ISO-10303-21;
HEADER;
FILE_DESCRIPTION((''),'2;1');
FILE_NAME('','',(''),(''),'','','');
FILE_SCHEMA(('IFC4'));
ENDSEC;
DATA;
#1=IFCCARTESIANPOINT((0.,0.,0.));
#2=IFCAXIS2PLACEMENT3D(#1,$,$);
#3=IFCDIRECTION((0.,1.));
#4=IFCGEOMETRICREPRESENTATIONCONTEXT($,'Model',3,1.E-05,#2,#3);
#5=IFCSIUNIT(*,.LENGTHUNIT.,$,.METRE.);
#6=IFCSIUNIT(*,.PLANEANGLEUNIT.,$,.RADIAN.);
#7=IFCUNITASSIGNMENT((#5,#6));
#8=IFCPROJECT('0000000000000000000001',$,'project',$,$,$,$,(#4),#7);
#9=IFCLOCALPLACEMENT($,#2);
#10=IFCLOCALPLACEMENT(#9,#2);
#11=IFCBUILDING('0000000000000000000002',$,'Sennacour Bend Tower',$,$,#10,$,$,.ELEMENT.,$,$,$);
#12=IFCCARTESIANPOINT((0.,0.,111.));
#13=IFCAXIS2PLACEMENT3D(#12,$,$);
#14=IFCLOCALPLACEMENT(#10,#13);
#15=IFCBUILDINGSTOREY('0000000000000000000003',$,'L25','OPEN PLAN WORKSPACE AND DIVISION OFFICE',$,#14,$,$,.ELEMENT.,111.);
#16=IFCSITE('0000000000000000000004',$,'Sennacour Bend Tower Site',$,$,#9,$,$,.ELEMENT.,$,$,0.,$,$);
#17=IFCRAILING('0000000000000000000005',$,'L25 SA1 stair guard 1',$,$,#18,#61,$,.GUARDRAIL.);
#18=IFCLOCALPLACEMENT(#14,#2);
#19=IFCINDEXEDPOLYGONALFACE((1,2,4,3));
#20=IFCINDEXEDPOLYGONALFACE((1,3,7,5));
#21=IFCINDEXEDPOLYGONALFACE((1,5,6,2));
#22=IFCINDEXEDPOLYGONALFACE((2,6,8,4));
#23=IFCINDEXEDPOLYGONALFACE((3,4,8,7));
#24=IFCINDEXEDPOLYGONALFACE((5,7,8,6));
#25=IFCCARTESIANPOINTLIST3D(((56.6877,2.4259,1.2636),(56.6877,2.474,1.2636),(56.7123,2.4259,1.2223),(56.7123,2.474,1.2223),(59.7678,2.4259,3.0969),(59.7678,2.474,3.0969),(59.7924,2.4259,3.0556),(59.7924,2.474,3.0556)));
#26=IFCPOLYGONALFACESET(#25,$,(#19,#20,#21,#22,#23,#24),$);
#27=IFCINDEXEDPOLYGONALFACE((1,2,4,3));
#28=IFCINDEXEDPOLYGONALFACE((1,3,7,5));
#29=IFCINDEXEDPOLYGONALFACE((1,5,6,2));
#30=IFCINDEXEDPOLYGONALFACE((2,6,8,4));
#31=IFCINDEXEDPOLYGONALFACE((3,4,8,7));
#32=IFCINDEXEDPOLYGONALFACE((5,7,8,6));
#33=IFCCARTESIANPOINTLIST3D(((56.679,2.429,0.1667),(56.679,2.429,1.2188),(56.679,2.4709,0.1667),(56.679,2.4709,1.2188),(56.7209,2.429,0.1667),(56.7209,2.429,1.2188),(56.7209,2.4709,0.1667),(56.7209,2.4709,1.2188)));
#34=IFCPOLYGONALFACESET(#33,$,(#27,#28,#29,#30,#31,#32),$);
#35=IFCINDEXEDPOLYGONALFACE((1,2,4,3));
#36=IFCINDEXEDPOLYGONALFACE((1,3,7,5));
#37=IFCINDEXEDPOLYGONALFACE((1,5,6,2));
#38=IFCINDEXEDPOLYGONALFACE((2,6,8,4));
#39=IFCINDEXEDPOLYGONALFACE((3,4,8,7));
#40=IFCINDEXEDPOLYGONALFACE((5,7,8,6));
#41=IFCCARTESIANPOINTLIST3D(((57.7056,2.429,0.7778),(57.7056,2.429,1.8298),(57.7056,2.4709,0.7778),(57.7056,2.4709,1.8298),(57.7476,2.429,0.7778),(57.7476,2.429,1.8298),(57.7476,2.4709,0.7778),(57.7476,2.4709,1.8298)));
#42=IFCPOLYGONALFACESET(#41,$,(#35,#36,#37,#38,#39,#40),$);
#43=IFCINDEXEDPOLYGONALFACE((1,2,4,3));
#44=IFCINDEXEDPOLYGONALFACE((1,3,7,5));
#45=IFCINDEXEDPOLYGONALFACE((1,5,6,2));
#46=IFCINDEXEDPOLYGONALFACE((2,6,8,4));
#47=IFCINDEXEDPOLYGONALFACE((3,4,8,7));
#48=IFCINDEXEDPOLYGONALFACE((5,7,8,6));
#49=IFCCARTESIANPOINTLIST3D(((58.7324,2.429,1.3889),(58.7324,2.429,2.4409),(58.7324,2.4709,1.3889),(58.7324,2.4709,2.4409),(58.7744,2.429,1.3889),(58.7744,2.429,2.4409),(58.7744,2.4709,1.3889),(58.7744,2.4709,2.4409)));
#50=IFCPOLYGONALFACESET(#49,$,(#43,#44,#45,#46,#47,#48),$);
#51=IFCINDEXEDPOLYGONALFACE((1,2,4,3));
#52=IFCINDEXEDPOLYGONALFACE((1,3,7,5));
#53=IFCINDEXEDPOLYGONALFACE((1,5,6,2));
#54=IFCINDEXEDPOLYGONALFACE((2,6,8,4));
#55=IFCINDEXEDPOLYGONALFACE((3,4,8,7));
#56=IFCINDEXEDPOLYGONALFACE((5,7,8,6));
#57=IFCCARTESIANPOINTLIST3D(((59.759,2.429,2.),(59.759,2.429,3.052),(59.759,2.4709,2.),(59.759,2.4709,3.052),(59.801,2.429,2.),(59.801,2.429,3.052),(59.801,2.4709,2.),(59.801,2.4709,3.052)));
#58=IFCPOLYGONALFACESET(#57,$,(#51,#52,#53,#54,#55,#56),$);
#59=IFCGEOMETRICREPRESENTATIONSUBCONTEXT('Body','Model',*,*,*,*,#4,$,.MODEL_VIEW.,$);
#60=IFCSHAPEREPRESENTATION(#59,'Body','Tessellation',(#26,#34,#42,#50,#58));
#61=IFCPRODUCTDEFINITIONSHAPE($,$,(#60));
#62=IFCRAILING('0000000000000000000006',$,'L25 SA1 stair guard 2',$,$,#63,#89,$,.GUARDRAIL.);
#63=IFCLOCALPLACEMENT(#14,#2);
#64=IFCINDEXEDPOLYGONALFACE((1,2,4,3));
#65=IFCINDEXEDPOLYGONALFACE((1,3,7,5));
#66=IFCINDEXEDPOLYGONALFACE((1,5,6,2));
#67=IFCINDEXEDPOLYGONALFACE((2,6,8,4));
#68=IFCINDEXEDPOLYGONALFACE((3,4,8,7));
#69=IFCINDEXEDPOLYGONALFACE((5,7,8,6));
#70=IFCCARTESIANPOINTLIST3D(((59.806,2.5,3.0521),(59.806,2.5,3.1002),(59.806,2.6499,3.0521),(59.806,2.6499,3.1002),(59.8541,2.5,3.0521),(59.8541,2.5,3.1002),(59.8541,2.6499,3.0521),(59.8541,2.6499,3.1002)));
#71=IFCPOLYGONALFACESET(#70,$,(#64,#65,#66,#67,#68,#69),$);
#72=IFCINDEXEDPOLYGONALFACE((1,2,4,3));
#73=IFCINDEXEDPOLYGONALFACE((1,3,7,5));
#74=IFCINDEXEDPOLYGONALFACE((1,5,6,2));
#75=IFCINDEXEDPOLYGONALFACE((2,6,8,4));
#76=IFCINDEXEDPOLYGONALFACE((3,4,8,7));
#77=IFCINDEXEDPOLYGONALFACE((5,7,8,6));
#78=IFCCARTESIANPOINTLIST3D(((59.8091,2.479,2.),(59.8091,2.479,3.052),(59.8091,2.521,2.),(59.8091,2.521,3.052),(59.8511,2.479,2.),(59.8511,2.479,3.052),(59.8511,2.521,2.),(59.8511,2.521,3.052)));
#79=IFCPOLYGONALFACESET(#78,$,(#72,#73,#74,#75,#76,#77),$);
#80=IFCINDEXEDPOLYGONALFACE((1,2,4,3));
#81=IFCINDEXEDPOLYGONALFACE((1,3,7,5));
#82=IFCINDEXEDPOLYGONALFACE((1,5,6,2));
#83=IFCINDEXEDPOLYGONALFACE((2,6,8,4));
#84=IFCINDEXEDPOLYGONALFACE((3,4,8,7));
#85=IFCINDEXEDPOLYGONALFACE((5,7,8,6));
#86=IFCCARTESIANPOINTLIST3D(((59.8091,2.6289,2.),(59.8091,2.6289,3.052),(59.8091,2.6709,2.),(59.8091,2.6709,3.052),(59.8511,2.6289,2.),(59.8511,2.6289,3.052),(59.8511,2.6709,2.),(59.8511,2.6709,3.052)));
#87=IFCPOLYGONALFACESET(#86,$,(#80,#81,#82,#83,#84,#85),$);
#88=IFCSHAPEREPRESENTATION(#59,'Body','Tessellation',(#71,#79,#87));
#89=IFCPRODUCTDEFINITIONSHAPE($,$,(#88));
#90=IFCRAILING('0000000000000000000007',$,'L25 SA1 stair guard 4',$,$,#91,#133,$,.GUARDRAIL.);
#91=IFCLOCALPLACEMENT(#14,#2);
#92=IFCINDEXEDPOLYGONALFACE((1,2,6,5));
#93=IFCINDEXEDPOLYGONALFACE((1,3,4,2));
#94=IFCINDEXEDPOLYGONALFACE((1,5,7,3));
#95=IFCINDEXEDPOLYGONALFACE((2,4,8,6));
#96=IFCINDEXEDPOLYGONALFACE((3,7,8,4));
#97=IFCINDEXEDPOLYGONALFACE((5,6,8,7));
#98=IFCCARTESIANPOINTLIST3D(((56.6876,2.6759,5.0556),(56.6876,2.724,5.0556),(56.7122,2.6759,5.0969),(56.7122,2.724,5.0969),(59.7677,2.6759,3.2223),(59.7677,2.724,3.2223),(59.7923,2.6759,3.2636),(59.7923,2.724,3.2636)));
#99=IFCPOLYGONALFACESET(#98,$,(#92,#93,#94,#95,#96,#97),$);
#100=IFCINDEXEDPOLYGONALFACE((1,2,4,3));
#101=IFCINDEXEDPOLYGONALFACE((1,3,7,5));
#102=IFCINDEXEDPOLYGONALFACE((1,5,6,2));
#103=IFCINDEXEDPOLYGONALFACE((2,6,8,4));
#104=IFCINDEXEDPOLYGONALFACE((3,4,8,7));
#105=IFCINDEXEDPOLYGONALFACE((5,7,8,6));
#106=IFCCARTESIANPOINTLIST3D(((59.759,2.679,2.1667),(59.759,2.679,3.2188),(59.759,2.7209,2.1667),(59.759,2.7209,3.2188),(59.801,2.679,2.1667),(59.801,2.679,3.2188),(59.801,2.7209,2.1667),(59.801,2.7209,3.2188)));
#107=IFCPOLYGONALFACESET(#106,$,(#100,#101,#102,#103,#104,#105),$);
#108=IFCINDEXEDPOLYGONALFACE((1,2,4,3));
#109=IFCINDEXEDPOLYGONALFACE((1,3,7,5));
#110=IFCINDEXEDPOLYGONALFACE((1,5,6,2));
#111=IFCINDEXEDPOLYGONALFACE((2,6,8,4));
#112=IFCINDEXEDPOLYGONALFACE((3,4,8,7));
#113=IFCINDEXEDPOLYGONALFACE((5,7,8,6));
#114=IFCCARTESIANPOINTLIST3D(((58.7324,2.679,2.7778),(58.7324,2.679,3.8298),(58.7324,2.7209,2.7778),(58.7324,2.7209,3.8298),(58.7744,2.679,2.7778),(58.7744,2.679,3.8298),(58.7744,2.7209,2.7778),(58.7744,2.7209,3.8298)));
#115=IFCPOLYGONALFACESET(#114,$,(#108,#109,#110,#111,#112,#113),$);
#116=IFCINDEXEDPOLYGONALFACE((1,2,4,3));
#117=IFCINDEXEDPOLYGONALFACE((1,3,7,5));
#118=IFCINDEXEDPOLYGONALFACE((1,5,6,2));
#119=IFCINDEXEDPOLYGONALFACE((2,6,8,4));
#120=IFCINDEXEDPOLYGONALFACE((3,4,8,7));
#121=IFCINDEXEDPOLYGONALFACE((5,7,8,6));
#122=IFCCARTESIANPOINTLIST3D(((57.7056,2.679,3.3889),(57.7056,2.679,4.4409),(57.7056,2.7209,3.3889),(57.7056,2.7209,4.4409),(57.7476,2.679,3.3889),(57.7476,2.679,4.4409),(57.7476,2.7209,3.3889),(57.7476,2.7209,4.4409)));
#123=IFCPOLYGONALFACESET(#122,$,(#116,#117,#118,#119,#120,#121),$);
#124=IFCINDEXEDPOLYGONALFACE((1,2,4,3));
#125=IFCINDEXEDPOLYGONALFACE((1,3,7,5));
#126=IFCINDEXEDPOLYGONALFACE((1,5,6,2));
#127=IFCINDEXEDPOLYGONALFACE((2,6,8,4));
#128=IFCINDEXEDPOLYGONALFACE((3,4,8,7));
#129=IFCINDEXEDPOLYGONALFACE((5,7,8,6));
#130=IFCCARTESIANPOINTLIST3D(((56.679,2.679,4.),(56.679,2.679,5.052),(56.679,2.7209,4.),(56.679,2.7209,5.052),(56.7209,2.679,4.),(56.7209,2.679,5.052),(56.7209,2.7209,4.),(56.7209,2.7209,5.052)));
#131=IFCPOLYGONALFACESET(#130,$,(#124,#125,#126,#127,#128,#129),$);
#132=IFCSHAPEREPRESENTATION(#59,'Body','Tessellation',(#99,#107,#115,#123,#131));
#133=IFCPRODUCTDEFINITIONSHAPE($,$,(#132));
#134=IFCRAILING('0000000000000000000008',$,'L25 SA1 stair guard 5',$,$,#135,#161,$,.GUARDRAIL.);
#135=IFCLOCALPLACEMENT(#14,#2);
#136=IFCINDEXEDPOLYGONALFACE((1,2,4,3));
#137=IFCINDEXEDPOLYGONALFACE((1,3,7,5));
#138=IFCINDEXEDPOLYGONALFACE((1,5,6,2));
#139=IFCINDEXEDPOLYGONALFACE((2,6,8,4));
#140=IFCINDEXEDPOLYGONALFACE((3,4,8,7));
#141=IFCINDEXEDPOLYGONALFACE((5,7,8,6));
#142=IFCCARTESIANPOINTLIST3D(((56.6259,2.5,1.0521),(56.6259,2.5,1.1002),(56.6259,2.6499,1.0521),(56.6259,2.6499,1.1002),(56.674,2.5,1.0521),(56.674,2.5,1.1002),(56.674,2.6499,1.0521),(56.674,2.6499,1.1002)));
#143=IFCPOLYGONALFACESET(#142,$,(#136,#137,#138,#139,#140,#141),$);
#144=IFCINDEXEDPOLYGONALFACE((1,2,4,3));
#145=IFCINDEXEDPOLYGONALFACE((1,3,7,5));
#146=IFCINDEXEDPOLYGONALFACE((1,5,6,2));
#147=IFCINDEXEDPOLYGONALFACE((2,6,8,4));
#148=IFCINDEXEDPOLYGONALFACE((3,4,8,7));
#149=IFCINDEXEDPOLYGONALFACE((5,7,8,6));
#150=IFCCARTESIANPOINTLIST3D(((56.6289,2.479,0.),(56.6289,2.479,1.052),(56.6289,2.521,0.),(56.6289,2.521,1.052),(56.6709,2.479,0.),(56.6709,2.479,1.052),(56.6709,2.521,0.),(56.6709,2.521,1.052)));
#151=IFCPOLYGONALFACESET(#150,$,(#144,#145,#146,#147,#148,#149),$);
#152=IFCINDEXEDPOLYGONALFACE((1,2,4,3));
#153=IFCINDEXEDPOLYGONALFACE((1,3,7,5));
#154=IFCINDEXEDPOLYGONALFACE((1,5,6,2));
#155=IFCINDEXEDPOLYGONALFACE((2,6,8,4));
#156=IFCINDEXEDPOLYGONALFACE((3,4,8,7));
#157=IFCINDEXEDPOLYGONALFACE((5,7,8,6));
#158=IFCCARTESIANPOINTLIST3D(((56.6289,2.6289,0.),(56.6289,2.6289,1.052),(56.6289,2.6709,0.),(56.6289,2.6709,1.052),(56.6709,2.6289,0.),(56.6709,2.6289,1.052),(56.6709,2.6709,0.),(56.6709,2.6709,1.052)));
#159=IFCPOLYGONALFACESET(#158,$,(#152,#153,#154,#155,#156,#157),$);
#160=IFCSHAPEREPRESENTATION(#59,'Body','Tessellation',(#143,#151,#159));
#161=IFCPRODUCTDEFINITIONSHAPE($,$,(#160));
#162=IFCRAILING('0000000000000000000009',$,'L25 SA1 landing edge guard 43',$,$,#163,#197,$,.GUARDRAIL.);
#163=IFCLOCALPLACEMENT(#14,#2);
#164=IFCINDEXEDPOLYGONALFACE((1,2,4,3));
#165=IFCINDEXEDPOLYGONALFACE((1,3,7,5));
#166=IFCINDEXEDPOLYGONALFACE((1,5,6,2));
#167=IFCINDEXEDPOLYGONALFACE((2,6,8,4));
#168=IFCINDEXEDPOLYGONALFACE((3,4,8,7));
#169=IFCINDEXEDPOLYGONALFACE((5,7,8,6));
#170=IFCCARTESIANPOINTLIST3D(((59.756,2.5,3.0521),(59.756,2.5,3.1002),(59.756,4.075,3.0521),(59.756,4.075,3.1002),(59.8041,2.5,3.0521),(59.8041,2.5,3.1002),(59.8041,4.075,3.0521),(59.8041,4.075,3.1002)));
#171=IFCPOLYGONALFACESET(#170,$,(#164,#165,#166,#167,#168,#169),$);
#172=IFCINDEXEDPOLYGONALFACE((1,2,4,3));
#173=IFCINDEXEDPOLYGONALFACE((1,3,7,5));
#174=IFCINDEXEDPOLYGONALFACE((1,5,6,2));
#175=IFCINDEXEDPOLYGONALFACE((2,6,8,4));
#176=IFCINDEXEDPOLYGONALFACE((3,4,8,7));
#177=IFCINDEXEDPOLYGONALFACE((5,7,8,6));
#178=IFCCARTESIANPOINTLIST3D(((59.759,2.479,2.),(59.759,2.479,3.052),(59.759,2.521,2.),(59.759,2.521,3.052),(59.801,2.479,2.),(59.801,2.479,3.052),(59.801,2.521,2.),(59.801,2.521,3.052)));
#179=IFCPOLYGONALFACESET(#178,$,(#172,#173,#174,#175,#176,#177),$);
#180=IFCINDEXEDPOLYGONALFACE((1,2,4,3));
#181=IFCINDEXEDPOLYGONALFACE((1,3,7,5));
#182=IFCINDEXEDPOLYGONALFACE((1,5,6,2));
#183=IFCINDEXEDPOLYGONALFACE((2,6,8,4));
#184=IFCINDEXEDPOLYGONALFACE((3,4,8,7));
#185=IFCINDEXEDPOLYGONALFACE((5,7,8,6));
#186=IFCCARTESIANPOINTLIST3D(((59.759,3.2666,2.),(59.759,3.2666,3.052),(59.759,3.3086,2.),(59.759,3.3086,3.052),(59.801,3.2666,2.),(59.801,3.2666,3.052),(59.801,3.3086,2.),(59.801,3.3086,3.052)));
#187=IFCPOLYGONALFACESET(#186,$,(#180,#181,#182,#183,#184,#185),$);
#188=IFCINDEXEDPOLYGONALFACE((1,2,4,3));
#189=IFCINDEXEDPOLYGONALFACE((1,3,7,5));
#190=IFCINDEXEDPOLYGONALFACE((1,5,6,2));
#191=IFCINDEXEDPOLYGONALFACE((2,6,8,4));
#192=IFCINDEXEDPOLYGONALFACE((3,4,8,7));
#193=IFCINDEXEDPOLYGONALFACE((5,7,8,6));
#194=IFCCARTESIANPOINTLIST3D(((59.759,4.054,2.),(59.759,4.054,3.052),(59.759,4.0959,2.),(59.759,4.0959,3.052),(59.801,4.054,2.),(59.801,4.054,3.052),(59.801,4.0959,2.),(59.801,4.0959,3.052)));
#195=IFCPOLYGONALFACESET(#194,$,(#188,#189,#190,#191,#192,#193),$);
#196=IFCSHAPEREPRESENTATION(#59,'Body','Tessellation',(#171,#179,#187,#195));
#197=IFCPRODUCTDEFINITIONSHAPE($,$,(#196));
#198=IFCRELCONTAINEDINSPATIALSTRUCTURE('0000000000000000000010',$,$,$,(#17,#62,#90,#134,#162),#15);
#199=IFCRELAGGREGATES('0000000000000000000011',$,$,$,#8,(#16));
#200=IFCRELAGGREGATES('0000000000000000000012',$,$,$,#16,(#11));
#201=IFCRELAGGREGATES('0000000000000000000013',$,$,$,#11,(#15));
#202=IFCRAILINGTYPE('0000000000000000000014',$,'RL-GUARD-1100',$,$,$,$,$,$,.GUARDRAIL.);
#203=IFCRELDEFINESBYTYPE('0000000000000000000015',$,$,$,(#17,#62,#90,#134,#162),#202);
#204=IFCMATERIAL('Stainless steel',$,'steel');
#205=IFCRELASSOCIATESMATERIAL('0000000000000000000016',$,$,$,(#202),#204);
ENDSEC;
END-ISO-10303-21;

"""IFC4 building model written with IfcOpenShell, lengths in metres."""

from ifc_helpers import new_model, si_unit, direction, frame, origin, origin_2d, place, context, subcontext, project, spatial, rectangle, extrude, material, type_object, element, save


model = new_model("IFC4")

# Units and contexts
model_context = context("Model", 3, precision=1e-05, world=origin(), true_north=direction((0.0, 1.0)))
body_context = subcontext(model_context, "Body", "Model", "MODEL_VIEW")
ifc_project = project(units=[si_unit("LENGTHUNIT", "METRE"), si_unit("PLANEANGLEUNIT", "RADIAN")], contexts=[model_context])

# Site, building, storey
site_placement = place(None, origin())
site = spatial("IfcSite", under=ifc_project, at=site_placement, Name="Sennacour Bend Tower Site", CompositionType="ELEMENT", RefElevation=0.0)
building_placement = place(site_placement, origin())
building = spatial("IfcBuilding", under=site, at=building_placement, Name="Sennacour Bend Tower", CompositionType="ELEMENT")
storey_placement = place(building_placement, frame((0.0, 0.0, 111.0)))
storey = spatial("IfcBuildingStorey", under=building, at=storey_placement, Name="L25", Description="OPEN PLAN WORKSPACE AND DIVISION OFFICE", CompositionType="ELEMENT", Elevation=111.0)

# Shared definitions
ifc_material_1 = material(Name="Stainless steel", Category="steel")

# Railings
railing_type_1 = type_object("IfcRailingType", Name="RL-GUARD-1100", PredefinedType="GUARDRAIL", material=ifc_material_1)
railing_1_placement = place(storey_placement, frame((56.7, 2.45, 0.1667)))
element("IfcRailing", 1, at=railing_1_placement, inside=storey, type_object=railing_type_1, Name="L25 SA1 stair guard 1", PredefinedType="GUARDRAIL", context=body_context, shape_type="SweptSolid", body=[
    extrude(rectangle(XDim=0.0481, YDim=0.0481, at=origin_2d()), frame((0.0, 0.0, 1.0762), z_axis=(0.859309, 0.0, 0.511458), x_axis=(0.0, 1.0, 0.0)), (0.0, 0.0, 1.0), 3.5845),
    extrude(rectangle(XDim=0.042, YDim=0.042, at=origin_2d()), origin(), (0.0, 0.0, 1.0), 1.052),
    extrude(rectangle(XDim=0.042, YDim=0.042, at=origin_2d()), frame((1.0266, 0.0, 0.6111)), (0.0, 0.0, 1.0), 1.052),
    extrude(rectangle(XDim=0.042, YDim=0.042, at=origin_2d()), frame((2.0535, 0.0, 1.2222)), (0.0, 0.0, 1.0), 1.052),
    extrude(rectangle(XDim=0.042, YDim=0.042, at=origin_2d()), frame((3.0801, 0.0, 1.8333)), (0.0, 0.0, 1.0), 1.052),
])
railing_2_placement = place(storey_placement, frame((59.8301, 2.5, 2.0)))
element("IfcRailing", 2, at=railing_2_placement, inside=storey, type_object=railing_type_1, Name="L25 SA1 stair guard 2", PredefinedType="GUARDRAIL", context=body_context, shape_type="SweptSolid", body=[
    extrude(rectangle(XDim=0.0481, YDim=0.0481, at=origin_2d()), frame((0.0, 0.0, 1.0762), z_axis=(0.0, 1.0, 0.0), x_axis=(-1.0, 0.0, 0.0)), (0.0, 0.0, 1.0), 0.1499),
    extrude(rectangle(XDim=0.042, YDim=0.042, at=origin_2d()), origin(), (0.0, 0.0, 1.0), 1.052),
    extrude(rectangle(XDim=0.042, YDim=0.042, at=origin_2d()), frame((0.0, 0.1499, 0.0)), (0.0, 0.0, 1.0), 1.052),
])
railing_3_placement = place(storey_placement, frame((59.78, 2.7, 2.1667)))
element("IfcRailing", 3, at=railing_3_placement, inside=storey, type_object=railing_type_1, Name="L25 SA1 stair guard 4", PredefinedType="GUARDRAIL", context=body_context, shape_type="SweptSolid", body=[
    extrude(rectangle(XDim=0.0481, YDim=0.0481, at=origin_2d()), frame((0.0, 0.0, 1.0762), z_axis=(-0.859309, 0.0, 0.511458), x_axis=(0.0, -1.0, 0.0)), (0.0, 0.0, 1.0), 3.5845),
    extrude(rectangle(XDim=0.042, YDim=0.042, at=origin_2d()), origin(), (0.0, 0.0, 1.0), 1.052),
    extrude(rectangle(XDim=0.042, YDim=0.042, at=origin_2d()), frame((-1.0266, 0.0, 0.6111)), (0.0, 0.0, 1.0), 1.052),
    extrude(rectangle(XDim=0.042, YDim=0.042, at=origin_2d()), frame((-2.0535, 0.0, 1.2222)), (0.0, 0.0, 1.0), 1.052),
    extrude(rectangle(XDim=0.042, YDim=0.042, at=origin_2d()), frame((-3.0801, 0.0, 1.8333)), (0.0, 0.0, 1.0), 1.052),
])
railing_4_placement = place(storey_placement, frame((56.6499, 2.5, 0.0)))
element("IfcRailing", 4, at=railing_4_placement, inside=storey, type_object=railing_type_1, Name="L25 SA1 stair guard 5", PredefinedType="GUARDRAIL", context=body_context, shape_type="SweptSolid", body=[
    extrude(rectangle(XDim=0.0481, YDim=0.0481, at=origin_2d()), frame((0.0, 0.0, 1.0762), z_axis=(0.0, 1.0, 0.0), x_axis=(-1.0, 0.0, 0.0)), (0.0, 0.0, 1.0), 0.1499),
    extrude(rectangle(XDim=0.042, YDim=0.042, at=origin_2d()), origin(), (0.0, 0.0, 1.0), 1.052),
    extrude(rectangle(XDim=0.042, YDim=0.042, at=origin_2d()), frame((0.0, 0.1499, 0.0)), (0.0, 0.0, 1.0), 1.052),
])
railing_5_placement = place(storey_placement, frame((59.78, 2.5, 2.0)))
element("IfcRailing", 5, at=railing_5_placement, inside=storey, type_object=railing_type_1, Name="L25 SA1 landing edge guard 43", PredefinedType="GUARDRAIL", context=body_context, shape_type="SweptSolid", body=[
    extrude(rectangle(XDim=0.0481, YDim=0.0481, at=origin_2d()), frame((0.0, 0.0, 1.0762), z_axis=(0.0, 1.0, 0.0), x_axis=(-1.0, 0.0, 0.0)), (0.0, 0.0, 1.0), 1.575),
    extrude(rectangle(XDim=0.042, YDim=0.042, at=origin_2d()), origin(), (0.0, 0.0, 1.0), 1.052),
    extrude(rectangle(XDim=0.042, YDim=0.042, at=origin_2d()), frame((0.0, 0.7876, 0.0)), (0.0, 0.0, 1.0), 1.052),
    extrude(rectangle(XDim=0.042, YDim=0.042, at=origin_2d()), frame((0.0, 1.575, 0.0)), (0.0, 0.0, 1.0), 1.052),
])

save(model, "model.ifc")
